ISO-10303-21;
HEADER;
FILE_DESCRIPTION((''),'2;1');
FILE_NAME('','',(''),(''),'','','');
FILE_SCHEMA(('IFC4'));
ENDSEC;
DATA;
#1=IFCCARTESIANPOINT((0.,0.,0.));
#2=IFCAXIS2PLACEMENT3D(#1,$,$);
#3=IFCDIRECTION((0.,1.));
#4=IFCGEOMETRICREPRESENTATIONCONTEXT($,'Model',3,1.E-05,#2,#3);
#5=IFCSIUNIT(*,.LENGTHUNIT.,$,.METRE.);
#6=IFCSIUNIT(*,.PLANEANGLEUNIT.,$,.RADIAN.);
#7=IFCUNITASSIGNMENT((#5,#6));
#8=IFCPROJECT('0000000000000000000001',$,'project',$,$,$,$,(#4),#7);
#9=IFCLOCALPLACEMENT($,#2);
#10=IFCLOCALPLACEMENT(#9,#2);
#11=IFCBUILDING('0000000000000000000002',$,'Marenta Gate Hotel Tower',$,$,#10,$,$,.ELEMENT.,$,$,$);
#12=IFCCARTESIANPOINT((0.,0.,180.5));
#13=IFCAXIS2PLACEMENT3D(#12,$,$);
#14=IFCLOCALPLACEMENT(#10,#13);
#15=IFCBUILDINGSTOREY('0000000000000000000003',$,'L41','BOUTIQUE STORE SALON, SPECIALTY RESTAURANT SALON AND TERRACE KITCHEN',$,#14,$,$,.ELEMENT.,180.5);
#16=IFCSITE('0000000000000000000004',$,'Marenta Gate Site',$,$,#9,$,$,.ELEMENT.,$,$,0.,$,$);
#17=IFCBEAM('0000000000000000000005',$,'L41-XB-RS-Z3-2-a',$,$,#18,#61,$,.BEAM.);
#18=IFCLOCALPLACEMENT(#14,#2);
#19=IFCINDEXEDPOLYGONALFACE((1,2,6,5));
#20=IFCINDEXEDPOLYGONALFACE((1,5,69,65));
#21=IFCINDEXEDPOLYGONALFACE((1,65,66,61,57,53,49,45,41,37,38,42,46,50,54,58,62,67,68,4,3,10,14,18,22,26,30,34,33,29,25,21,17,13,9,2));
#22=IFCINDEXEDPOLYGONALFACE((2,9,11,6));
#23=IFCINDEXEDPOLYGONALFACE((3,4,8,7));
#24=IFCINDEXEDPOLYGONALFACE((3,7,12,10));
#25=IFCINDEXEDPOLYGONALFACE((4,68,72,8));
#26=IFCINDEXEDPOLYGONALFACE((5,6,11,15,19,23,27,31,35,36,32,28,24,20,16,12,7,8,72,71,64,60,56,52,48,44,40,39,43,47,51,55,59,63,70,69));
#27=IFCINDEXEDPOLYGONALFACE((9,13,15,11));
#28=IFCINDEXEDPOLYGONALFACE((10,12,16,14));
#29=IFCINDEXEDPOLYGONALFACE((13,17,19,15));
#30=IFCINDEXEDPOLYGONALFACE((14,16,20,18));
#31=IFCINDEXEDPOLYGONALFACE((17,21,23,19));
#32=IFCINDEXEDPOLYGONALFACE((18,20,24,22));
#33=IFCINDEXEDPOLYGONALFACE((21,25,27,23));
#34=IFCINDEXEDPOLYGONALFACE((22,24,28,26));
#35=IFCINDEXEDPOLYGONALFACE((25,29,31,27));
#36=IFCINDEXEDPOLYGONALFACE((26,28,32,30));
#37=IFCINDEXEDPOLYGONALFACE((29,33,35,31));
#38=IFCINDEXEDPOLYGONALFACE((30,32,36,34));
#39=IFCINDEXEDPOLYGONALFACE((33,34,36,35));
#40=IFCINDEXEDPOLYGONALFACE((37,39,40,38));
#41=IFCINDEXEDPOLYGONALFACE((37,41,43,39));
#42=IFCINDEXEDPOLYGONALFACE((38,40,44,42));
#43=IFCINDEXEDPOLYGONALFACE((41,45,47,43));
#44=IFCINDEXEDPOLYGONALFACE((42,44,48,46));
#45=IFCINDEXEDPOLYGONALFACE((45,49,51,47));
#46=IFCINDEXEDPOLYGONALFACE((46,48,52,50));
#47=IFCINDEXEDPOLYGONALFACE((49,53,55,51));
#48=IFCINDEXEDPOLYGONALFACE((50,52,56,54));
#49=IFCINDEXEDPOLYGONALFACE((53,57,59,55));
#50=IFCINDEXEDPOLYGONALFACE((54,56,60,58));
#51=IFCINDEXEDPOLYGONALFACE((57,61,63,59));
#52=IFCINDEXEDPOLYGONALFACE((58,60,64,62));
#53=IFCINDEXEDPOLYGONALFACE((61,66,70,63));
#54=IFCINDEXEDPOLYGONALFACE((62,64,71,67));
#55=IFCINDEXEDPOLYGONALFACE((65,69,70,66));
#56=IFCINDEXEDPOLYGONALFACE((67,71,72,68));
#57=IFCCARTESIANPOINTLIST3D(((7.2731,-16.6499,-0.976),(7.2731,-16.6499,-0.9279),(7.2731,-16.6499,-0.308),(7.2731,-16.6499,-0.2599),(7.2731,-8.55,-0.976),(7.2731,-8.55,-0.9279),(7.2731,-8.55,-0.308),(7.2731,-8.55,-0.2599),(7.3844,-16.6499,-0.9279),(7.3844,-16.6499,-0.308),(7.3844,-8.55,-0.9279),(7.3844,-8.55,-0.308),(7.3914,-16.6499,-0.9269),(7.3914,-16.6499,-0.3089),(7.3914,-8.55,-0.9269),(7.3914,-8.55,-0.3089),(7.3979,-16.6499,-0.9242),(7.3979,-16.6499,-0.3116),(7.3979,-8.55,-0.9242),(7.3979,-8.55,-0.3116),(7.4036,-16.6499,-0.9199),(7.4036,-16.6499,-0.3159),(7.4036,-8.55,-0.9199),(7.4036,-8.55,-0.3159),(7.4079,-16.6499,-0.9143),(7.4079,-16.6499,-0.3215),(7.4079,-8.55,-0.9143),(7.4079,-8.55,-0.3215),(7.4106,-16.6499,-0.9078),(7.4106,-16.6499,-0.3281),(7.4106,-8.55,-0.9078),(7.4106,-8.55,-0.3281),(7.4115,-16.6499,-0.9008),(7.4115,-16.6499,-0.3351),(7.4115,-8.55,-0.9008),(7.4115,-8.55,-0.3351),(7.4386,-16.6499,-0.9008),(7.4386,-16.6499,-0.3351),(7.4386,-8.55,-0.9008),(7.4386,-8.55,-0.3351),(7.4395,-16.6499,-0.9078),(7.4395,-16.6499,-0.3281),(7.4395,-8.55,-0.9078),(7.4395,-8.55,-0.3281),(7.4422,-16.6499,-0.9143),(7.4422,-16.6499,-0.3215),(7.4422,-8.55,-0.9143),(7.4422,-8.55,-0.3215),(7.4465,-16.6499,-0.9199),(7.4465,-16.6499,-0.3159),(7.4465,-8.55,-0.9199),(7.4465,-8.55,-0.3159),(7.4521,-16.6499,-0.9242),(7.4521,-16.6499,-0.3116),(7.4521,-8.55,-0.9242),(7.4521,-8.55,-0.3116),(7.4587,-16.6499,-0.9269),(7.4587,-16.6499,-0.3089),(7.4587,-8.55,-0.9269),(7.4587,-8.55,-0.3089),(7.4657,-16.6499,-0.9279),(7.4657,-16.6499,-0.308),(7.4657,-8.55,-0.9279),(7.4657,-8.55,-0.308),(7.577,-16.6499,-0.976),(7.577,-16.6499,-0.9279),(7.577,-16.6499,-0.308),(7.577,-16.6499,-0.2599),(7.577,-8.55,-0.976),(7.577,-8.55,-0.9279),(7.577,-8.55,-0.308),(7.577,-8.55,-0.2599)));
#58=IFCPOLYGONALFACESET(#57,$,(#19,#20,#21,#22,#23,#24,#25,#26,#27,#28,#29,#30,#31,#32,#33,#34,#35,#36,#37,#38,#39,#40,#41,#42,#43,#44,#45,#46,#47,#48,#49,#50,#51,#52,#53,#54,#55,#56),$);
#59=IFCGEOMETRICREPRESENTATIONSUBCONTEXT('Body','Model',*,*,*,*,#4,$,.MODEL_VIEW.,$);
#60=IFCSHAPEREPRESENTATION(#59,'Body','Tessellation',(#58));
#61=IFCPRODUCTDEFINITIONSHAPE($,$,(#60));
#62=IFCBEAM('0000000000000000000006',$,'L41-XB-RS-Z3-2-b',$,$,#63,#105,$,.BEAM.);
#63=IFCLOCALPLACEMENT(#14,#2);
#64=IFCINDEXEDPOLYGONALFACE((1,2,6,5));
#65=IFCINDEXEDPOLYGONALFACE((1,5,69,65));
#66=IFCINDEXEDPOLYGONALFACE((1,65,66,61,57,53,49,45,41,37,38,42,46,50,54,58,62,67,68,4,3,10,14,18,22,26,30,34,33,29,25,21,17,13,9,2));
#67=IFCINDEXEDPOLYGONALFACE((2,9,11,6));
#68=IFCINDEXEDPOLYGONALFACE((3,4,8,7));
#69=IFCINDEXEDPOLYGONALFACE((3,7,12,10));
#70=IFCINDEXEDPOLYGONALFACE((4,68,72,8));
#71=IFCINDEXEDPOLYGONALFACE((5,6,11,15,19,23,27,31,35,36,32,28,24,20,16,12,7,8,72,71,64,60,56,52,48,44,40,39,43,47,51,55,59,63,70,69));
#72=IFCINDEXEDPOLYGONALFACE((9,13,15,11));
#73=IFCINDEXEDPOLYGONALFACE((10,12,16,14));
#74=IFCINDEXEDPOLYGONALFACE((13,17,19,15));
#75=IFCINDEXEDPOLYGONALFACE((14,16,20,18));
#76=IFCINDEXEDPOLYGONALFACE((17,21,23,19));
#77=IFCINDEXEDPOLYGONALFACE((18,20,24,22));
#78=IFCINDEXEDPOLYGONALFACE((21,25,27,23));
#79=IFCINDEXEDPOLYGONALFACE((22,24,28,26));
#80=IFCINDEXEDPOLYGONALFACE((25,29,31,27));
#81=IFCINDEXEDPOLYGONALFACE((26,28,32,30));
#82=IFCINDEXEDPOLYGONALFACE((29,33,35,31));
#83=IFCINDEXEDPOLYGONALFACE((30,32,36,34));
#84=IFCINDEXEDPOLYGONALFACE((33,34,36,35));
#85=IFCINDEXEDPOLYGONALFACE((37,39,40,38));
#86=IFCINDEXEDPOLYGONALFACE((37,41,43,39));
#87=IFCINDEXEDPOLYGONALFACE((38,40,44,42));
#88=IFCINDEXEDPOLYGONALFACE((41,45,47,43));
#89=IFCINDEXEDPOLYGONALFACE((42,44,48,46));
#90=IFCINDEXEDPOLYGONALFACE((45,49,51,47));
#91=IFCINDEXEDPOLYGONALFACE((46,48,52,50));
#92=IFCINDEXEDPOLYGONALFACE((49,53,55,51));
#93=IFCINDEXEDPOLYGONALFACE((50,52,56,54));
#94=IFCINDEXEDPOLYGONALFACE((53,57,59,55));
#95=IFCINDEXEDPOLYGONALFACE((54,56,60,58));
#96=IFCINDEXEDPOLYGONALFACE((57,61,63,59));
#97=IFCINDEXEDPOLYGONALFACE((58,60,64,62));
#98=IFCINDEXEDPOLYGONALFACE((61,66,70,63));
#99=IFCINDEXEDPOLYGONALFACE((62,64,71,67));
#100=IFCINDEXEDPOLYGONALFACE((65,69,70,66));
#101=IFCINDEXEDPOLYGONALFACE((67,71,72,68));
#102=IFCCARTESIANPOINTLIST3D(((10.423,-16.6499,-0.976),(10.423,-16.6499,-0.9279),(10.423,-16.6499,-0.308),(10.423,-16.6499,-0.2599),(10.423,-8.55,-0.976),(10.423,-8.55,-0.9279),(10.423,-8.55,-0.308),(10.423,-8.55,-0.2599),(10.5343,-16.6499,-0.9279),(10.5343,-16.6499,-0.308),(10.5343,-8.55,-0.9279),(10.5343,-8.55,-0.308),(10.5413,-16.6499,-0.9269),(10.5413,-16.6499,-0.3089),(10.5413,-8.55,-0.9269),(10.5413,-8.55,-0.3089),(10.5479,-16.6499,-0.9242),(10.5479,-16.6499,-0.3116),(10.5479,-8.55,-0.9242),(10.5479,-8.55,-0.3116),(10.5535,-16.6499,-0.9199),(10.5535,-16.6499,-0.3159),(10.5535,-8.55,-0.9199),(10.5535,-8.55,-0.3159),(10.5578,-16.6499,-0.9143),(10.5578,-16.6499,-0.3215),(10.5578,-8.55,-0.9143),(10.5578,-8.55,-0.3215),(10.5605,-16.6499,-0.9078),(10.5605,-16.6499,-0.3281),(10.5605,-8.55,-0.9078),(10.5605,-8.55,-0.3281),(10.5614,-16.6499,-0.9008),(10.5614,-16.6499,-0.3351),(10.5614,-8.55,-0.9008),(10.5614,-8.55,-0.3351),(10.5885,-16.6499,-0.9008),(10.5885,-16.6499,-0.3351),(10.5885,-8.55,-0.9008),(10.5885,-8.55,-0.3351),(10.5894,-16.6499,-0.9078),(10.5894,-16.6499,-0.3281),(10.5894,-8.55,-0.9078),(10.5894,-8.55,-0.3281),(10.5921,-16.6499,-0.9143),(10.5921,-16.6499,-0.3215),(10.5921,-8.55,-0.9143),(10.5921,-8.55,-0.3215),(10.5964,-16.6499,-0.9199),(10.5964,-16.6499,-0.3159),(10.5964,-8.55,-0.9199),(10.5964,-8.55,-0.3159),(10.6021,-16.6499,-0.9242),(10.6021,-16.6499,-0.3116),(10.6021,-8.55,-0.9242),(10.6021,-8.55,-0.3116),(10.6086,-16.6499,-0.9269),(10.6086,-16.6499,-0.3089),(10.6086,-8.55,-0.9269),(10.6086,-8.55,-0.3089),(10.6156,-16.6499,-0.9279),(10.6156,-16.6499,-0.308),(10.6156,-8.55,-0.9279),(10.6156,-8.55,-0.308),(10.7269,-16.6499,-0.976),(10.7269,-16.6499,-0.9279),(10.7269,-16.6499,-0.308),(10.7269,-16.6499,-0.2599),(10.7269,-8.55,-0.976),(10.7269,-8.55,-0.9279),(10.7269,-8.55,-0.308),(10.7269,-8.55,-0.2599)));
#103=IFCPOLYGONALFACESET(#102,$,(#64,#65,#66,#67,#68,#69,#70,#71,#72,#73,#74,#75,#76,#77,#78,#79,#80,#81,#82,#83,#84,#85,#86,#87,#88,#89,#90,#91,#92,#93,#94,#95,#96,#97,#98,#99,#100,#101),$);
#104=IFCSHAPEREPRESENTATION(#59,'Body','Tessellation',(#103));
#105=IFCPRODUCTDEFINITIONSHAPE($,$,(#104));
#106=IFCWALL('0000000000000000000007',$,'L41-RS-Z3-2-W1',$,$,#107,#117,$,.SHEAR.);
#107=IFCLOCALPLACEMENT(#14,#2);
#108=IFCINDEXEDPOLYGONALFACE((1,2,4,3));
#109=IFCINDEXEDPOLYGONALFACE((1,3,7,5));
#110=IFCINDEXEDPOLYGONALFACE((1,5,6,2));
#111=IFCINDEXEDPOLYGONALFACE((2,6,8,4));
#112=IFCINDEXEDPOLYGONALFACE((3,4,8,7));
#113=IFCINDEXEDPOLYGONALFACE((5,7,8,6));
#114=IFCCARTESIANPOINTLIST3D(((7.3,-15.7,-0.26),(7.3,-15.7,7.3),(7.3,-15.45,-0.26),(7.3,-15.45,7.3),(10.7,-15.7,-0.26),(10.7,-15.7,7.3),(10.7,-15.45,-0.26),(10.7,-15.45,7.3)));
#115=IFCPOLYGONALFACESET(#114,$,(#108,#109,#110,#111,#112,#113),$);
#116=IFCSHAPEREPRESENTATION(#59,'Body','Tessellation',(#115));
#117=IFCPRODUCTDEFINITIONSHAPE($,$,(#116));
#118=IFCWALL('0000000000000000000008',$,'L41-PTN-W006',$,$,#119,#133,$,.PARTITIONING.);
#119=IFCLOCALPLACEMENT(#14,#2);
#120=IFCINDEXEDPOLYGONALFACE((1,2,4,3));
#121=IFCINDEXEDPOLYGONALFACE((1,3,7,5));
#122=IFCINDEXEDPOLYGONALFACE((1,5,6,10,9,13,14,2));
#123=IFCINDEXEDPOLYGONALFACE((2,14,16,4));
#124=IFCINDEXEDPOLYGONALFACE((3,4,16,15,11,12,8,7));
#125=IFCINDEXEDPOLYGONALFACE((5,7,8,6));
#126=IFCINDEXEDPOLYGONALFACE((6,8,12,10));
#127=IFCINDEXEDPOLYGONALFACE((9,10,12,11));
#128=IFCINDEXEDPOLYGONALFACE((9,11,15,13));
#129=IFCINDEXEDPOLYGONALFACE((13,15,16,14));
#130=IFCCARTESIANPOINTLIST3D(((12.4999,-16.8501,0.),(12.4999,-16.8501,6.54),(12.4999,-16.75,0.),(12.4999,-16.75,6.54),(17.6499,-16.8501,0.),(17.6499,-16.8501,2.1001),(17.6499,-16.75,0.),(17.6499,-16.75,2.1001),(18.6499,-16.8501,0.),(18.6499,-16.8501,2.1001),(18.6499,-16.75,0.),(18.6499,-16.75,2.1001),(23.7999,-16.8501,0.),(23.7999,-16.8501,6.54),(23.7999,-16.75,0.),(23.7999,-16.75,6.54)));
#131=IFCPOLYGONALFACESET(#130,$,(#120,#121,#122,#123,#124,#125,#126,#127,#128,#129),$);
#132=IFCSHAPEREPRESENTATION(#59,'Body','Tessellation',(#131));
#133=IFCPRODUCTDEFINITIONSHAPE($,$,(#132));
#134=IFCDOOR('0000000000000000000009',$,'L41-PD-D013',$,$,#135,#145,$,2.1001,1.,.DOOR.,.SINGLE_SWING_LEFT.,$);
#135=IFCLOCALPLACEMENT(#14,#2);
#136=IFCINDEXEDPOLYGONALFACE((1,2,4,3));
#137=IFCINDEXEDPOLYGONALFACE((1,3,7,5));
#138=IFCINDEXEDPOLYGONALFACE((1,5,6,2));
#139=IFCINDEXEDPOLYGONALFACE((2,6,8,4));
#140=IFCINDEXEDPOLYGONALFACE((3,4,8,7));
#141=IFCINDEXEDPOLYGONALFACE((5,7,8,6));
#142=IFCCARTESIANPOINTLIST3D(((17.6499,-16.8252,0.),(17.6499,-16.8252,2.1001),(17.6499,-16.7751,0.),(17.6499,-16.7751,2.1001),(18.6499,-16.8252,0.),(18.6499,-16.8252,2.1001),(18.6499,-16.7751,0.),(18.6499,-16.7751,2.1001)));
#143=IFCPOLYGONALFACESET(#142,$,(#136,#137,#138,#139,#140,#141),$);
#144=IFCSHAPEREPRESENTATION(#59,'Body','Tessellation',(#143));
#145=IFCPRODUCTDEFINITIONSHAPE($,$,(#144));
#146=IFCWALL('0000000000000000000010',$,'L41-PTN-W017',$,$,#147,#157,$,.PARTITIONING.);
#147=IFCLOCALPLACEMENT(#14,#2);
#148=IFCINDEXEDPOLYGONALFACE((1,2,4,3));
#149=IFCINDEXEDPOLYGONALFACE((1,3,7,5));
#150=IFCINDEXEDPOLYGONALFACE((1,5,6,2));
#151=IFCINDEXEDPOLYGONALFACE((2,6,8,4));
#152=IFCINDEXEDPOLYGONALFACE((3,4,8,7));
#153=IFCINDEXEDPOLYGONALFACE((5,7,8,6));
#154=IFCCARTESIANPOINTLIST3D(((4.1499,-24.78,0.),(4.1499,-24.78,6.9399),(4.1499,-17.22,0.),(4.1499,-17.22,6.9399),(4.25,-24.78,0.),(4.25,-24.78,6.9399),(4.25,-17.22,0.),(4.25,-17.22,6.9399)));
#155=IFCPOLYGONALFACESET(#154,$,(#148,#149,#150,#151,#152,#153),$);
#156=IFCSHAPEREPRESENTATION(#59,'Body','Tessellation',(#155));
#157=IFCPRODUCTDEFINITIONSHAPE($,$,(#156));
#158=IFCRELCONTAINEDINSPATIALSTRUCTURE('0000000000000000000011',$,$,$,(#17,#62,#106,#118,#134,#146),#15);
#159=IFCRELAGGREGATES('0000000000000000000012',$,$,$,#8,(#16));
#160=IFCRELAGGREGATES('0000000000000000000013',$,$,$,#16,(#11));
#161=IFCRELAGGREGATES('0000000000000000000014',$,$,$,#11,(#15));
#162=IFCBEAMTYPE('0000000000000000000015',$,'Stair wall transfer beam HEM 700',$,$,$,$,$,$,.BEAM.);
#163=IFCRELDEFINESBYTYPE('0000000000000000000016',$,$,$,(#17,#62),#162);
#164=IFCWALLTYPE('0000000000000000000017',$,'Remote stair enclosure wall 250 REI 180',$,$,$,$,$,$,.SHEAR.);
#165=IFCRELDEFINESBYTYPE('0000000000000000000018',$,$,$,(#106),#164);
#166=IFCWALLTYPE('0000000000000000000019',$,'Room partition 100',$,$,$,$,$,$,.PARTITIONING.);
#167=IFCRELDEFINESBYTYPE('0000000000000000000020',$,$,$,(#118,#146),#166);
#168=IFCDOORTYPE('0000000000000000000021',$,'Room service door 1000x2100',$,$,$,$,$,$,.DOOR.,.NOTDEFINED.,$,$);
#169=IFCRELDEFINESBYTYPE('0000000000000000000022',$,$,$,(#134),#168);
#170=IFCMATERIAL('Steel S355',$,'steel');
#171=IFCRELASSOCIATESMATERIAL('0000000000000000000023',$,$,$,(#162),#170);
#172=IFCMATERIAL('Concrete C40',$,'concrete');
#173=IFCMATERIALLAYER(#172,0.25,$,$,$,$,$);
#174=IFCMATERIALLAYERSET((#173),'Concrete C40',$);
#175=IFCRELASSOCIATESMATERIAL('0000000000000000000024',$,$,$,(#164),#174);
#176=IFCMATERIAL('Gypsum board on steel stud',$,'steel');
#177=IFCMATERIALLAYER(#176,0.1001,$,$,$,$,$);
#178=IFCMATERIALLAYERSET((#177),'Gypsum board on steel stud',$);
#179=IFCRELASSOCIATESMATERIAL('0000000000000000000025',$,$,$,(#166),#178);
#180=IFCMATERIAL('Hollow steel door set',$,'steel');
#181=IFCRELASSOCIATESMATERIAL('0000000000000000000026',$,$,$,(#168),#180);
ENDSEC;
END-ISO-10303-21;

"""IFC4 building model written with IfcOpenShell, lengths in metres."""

from ifc_helpers import new_model, si_unit, direction, frame, frame_2d, origin, origin_2d, place, context, subcontext, project, spatial, rectangle, i_section, extrude, material, layer, layer_set, material_profile, profile_set, type_object, element, fill, save


model = new_model("IFC4")

# Units and contexts
model_context = context("Model", 3, precision=1e-05, world=origin(), true_north=direction((0.0, 1.0)))
body_context = subcontext(model_context, "Body", "Model", "MODEL_VIEW")
ifc_project = project(units=[si_unit("LENGTHUNIT", "METRE"), si_unit("PLANEANGLEUNIT", "RADIAN")], contexts=[model_context])

# Site, building, storey
site_placement = place(None, origin())
site = spatial("IfcSite", under=ifc_project, at=site_placement, Name="Marenta Gate Site", CompositionType="ELEMENT", RefElevation=0.0)
building_placement = place(site_placement, origin())
building = spatial("IfcBuilding", under=site, at=building_placement, Name="Marenta Gate Hotel Tower", CompositionType="ELEMENT")
storey_placement = place(building_placement, frame((0.0, 0.0, 180.5)))
storey = spatial("IfcBuildingStorey", under=building, at=storey_placement, Name="L41", Description="BOUTIQUE STORE SALON, SPECIALTY RESTAURANT SALON AND TERRACE KITCHEN", CompositionType="ELEMENT", Elevation=180.5)

# Beams
ifc_material_1 = material(Name="Steel S355", Category="steel")
ifc_material_profile_1 = material_profile(ifc_material_1, i_section(OverallWidth=0.304, OverallDepth=0.7161, WebThickness=0.0271, FlangeThickness=0.0481, FilletRadius=0.0271, at=origin_2d()), Name="HEM 700")
ifc_profile_set_1 = profile_set([ifc_material_profile_1], Name="Steel S355")
beam_type_1 = type_object("IfcBeamType", Name="Stair wall transfer beam HEM 700", PredefinedType="BEAM", material=ifc_profile_set_1)
for number, where, z_axis, x_axis, name in (
    (1, (7.425, -16.6499, -0.6179), (0.0, 1.0, 0.0), (-1.0, 0.0, 0.0), "L41-XB-RS-Z3-2-a"),
    (2, (10.575, -16.6499, -0.6179), (0.0, 1.0, 0.0), (-1.0, 0.0, 0.0), "L41-XB-RS-Z3-2-b"),
):
    element("IfcBeam", number, at=place(storey_placement, frame(where, z_axis=z_axis, x_axis=x_axis)), inside=storey, type_object=beam_type_1, Name=name, PredefinedType="BEAM", context=body_context, shape_type="SweptSolid", body=[
        extrude(i_section(OverallWidth=0.304, OverallDepth=0.7161, WebThickness=0.0271, FlangeThickness=0.0481, FilletRadius=0.0271, at=origin_2d()), origin(), (0.0, 0.0, 1.0), 8.0999),
    ])

# Wall
ifc_material_2 = material(Name="Concrete C40", Category="concrete")
ifc_layer_1 = layer(ifc_material_2, 0.25)
ifc_layer_set_1 = layer_set([ifc_layer_1], Name="Concrete C40")
wall_type_1 = type_object("IfcWallType", Name="Remote stair enclosure wall 250 REI 180", PredefinedType="SHEAR", material=ifc_layer_set_1)
wall_1_placement = place(storey_placement, frame((7.3, -15.575, -0.26), z_axis=(0.0, 0.0, 1.0), x_axis=(1.0, 0.0, 0.0)))
element("IfcWall", 3, at=wall_1_placement, inside=storey, type_object=wall_type_1, Name="L41-RS-Z3-2-W1", PredefinedType="SHEAR", context=body_context, shape_type="SweptSolid", body=[
    extrude(rectangle(XDim=3.3999, YDim=0.25, at=frame_2d((1.7, 0.0))), origin(), (0.0, 0.0, 1.0), 7.5601),
])

# Wall, opening, door
ifc_material_3 = material(Name="Gypsum board on steel stud", Category="steel")
ifc_layer_2 = layer(ifc_material_3, 0.1001)
ifc_layer_set_2 = layer_set([ifc_layer_2], Name="Gypsum board on steel stud")
wall_type_2 = type_object("IfcWallType", Name="Room partition 100", PredefinedType="PARTITIONING", material=ifc_layer_set_2)
wall_2_placement = place(storey_placement, frame((12.5, -16.8, 0.0), z_axis=(0.0, 0.0, 1.0), x_axis=(1.0, 0.0, 0.0)))
wall_2 = element("IfcWall", 4, at=wall_2_placement, inside=storey, type_object=wall_type_2, Name="L41-PTN-W006", PredefinedType="PARTITIONING", context=body_context, shape_type="SweptSolid", body=[
    extrude(rectangle(XDim=11.3, YDim=0.1001, at=frame_2d((5.6499, 0.0))), origin(), (0.0, 0.0, 1.0), 6.54),
])
opening_1_placement = place(wall_2_placement, frame((5.1499, 0.0, 0.0)))
opening_1 = element("IfcOpeningElement", 5, at=opening_1_placement, cuts=wall_2, PredefinedType="OPENING", context=body_context, shape_type="SweptSolid", body=[
    extrude(rectangle(XDim=1.0, YDim=2.1001, at=frame_2d((0.5, 1.05))), frame((0.0, 0.05, 0.0), z_axis=(0.0, -1.0, 0.0), x_axis=(1.0, 0.0, 0.0)), (0.0, 0.0, 1.0), 0.1001),
])
ifc_material_4 = material(Name="Hollow steel door set", Category="steel")
door_type_1 = type_object("IfcDoorType", Name="Room service door 1000x2100", OperationType="NOTDEFINED", PredefinedType="DOOR", material=ifc_material_4)
door_1_placement = place(opening_1_placement, origin())
door_1 = element("IfcDoor", 6, at=door_1_placement, inside=storey, type_object=door_type_1, Name="L41-PD-D013", OperationType="SINGLE_SWING_LEFT", OverallHeight=2.1001, OverallWidth=1.0, PredefinedType="DOOR", context=body_context, shape_type="SweptSolid", body=[
    extrude(rectangle(XDim=1.0, YDim=2.1001, at=frame_2d((0.5, 1.05))), frame((0.0, 0.0249, 0.0), z_axis=(0.0, -1.0, 0.0), x_axis=(1.0, 0.0, 0.0)), (0.0, 0.0, 1.0), 0.05),
])
fill(opening_1, door_1)

# Wall
wall_3_placement = place(storey_placement, frame((4.2, -24.78, 0.0), z_axis=(0.0, 0.0, 1.0), x_axis=(0.0, 1.0, 0.0)))
element("IfcWall", 7, at=wall_3_placement, inside=storey, type_object=wall_type_2, Name="L41-PTN-W017", PredefinedType="PARTITIONING", context=body_context, shape_type="SweptSolid", body=[
    extrude(rectangle(XDim=7.5601, YDim=0.1001, at=frame_2d((3.78, 0.0))), origin(), (0.0, 0.0, 1.0), 6.9399),
])

save(model, "model.ifc")
